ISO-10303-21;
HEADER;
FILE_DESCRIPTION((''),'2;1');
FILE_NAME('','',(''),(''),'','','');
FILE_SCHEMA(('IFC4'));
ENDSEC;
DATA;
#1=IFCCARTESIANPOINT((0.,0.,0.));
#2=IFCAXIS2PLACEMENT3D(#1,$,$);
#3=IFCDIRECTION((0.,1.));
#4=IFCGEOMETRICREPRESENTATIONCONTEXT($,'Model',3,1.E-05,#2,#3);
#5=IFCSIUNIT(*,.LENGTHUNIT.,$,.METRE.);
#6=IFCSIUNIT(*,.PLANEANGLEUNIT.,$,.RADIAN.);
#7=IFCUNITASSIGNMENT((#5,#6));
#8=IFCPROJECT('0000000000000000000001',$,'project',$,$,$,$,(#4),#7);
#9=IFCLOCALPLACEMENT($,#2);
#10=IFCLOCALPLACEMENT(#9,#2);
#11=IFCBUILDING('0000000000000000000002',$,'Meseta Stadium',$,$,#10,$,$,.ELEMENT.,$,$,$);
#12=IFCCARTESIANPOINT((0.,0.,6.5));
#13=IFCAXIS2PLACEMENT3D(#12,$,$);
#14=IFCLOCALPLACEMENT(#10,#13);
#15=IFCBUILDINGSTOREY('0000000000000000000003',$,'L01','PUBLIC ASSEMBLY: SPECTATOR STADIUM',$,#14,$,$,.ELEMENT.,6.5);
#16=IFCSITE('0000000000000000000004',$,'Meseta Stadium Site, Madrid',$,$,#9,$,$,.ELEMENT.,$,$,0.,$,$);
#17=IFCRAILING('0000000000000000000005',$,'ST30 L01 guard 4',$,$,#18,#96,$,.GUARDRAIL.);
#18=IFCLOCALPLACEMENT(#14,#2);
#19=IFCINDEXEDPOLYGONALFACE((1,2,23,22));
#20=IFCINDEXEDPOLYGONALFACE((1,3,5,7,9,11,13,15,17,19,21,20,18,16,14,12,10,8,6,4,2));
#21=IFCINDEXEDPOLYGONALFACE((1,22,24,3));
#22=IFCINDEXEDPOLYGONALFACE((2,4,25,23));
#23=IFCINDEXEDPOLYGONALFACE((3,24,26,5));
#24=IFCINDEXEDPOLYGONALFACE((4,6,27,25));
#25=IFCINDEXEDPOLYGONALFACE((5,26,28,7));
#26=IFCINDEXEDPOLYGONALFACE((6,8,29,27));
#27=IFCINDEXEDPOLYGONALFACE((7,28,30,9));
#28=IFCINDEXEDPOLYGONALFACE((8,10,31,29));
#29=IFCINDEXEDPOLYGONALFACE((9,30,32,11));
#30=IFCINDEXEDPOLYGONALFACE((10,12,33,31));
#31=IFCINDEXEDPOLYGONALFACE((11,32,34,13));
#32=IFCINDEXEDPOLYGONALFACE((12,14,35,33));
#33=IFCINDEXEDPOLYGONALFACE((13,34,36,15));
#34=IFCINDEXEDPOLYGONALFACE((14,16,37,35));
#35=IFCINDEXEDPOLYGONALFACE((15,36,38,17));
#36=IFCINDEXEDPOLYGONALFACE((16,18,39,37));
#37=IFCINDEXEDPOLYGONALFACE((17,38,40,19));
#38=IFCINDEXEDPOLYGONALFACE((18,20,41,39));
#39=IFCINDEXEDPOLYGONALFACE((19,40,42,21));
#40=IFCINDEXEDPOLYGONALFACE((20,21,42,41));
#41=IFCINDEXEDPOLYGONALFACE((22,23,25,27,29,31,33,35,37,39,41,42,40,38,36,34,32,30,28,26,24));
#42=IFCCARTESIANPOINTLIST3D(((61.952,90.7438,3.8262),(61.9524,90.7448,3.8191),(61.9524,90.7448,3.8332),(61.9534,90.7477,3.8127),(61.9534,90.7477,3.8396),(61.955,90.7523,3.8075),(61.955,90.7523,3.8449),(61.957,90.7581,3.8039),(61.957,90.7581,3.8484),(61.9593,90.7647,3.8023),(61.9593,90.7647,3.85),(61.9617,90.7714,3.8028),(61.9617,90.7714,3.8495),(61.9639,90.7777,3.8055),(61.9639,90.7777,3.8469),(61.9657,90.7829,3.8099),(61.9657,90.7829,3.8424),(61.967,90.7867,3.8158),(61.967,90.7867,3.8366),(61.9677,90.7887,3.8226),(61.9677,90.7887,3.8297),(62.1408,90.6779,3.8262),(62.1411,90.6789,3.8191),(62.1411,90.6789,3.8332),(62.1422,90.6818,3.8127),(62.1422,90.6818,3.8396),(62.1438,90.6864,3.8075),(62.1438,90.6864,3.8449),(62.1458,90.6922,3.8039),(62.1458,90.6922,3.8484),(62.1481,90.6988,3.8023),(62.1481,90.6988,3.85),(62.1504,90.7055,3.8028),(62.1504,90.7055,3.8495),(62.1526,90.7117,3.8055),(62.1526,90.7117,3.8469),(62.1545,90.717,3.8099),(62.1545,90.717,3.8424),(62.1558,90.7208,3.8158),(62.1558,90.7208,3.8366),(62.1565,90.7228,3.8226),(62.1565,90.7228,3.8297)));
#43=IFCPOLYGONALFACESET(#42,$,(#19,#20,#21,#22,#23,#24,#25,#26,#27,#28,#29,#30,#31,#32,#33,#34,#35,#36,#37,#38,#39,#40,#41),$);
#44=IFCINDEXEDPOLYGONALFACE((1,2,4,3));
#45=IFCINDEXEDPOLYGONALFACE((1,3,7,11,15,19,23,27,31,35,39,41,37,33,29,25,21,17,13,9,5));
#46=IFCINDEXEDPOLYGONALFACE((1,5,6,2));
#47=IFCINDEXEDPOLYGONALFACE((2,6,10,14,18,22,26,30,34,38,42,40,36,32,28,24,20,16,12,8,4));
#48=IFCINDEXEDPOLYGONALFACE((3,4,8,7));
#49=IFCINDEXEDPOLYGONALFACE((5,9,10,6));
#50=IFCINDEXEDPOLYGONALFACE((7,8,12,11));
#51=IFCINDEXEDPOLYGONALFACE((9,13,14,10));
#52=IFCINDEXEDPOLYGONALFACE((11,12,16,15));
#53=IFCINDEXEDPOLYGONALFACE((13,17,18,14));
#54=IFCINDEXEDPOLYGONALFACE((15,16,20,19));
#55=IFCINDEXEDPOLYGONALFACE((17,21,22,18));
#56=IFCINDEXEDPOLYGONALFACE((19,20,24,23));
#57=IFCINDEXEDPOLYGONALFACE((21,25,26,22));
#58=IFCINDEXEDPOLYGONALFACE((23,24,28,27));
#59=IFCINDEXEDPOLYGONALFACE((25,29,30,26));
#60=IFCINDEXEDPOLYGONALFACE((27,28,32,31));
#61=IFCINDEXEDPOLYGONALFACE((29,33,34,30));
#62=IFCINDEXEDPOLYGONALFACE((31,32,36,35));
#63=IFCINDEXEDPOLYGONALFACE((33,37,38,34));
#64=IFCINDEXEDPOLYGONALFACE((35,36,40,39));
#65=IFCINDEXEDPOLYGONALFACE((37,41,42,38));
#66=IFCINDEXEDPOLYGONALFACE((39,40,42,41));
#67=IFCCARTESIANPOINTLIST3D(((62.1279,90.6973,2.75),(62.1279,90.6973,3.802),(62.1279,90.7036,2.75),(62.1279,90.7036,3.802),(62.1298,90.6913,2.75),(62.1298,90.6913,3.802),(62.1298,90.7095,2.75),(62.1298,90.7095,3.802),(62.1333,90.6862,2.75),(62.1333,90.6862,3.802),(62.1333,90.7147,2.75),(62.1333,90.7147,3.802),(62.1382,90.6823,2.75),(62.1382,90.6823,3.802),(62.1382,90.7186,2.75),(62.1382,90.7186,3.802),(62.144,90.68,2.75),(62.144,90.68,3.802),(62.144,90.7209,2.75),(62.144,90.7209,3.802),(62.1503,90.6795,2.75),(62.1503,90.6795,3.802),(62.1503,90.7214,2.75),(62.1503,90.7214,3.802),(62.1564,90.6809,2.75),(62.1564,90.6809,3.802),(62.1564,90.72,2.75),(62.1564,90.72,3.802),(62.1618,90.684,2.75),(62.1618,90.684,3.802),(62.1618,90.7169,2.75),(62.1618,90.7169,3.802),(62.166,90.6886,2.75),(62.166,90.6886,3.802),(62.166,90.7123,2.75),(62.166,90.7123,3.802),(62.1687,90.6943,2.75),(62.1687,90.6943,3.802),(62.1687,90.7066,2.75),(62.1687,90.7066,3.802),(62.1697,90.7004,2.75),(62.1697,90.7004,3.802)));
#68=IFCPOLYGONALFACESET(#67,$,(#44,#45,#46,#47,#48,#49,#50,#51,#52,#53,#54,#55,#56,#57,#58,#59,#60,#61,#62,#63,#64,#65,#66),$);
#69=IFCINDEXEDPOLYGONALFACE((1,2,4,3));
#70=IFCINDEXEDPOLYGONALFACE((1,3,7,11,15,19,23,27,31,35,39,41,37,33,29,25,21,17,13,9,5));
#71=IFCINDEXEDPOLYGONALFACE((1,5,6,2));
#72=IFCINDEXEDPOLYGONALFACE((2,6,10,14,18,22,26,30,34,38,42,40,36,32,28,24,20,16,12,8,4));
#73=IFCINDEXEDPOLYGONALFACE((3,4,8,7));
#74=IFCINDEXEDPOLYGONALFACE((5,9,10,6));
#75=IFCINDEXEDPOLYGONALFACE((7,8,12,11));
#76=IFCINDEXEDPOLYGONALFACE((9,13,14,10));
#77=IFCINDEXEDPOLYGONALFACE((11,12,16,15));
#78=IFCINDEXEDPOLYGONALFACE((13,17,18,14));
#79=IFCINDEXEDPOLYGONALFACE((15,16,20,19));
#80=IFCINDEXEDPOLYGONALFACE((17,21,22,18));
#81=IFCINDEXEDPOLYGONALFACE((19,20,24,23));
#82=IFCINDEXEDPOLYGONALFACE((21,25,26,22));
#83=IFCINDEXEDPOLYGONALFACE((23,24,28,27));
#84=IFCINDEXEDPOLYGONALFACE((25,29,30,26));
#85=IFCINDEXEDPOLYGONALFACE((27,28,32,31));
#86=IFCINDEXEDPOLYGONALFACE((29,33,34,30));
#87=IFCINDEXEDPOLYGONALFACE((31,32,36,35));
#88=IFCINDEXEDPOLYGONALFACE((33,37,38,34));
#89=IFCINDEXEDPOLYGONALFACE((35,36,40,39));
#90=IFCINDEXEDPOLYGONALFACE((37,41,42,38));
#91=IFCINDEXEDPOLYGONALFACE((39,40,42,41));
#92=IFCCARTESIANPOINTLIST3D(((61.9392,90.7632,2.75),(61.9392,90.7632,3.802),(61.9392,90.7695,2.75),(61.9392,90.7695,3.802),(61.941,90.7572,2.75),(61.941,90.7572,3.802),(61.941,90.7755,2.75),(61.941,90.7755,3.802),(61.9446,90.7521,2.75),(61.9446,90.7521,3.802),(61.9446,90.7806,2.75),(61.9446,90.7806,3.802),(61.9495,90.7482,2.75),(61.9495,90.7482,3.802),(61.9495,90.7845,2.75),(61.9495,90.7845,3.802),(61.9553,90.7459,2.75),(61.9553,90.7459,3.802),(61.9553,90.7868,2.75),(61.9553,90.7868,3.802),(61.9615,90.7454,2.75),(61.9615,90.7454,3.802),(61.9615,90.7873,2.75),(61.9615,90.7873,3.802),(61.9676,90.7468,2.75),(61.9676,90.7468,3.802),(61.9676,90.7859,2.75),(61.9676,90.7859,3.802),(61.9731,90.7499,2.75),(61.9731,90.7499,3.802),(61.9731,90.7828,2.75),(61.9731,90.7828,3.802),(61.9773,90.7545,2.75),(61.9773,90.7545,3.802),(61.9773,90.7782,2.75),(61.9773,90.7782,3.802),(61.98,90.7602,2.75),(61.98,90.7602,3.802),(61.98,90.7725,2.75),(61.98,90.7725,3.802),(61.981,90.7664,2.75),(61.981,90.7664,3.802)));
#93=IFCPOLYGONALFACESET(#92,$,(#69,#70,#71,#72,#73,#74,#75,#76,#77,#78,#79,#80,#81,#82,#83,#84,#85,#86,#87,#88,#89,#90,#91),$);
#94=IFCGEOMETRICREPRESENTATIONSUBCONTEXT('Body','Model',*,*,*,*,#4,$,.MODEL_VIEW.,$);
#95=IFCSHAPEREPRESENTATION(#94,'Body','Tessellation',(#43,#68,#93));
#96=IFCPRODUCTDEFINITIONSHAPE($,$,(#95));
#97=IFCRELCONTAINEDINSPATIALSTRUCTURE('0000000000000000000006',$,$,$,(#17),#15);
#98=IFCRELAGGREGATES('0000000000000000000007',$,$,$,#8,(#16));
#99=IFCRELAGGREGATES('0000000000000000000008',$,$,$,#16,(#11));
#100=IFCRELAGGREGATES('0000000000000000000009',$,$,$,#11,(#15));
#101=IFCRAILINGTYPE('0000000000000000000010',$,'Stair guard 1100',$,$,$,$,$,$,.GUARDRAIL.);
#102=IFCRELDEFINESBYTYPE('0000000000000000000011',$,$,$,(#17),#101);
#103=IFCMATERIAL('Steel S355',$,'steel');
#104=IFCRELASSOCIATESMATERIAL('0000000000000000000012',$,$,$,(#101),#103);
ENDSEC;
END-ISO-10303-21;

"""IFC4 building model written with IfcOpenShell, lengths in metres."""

from ifc_helpers import new_model, si_unit, direction, frame, origin, origin_2d, place, context, subcontext, project, spatial, circle, extrude, material, type_object, element, save


model = new_model("IFC4")

# Units and contexts
model_context = context("Model", 3, precision=1e-05, world=origin(), true_north=direction((0.0, 1.0)))
body_context = subcontext(model_context, "Body", "Model", "MODEL_VIEW")
ifc_project = project(units=[si_unit("LENGTHUNIT", "METRE"), si_unit("PLANEANGLEUNIT", "RADIAN")], contexts=[model_context])

# Site, building, storey
site_placement = place(None, origin())
site = spatial("IfcSite", under=ifc_project, at=site_placement, Name="Meseta Stadium Site, Madrid", CompositionType="ELEMENT", RefElevation=0.0)
building_placement = place(site_placement, origin())
building = spatial("IfcBuilding", under=site, at=building_placement, Name="Meseta Stadium", CompositionType="ELEMENT")
storey_placement = place(building_placement, frame((0.0, 0.0, 6.5)))
storey = spatial("IfcBuildingStorey", under=building, at=storey_placement, Name="L01", Description="PUBLIC ASSEMBLY: SPECTATOR STADIUM", CompositionType="ELEMENT", Elevation=6.5)

# Railing
ifc_material_1 = material(Name="Steel S355", Category="steel")
railing_type_1 = type_object("IfcRailingType", Name="Stair guard 1100", PredefinedType="GUARDRAIL", material=ifc_material_1)
railing_1_placement = place(storey_placement, frame((62.1487, 90.7004, 2.75)))
element("IfcRailing", 1, at=railing_1_placement, inside=storey, type_object=railing_type_1, Name="ST30 L01 guard 4", PredefinedType="GUARDRAIL", context=body_context, shape_type="SweptSolid", body=[
    extrude(circle(Radius=0.0239, at=origin_2d()), frame((0.0, 0.0, 1.0762), z_axis=(-0.944068, 0.329752, 0.0), x_axis=(-0.329752, -0.944068, 0.0)), (0.0, 0.0, 1.0), 0.2),
    extrude(circle(Radius=0.021, at=origin_2d()), origin(), (0.0, 0.0, 1.0), 1.052),
    extrude(circle(Radius=0.021, at=origin_2d()), frame((-0.1887, 0.0659, 0.0)), (0.0, 0.0, 1.0), 1.052),
])

save(model, "model.ifc")
